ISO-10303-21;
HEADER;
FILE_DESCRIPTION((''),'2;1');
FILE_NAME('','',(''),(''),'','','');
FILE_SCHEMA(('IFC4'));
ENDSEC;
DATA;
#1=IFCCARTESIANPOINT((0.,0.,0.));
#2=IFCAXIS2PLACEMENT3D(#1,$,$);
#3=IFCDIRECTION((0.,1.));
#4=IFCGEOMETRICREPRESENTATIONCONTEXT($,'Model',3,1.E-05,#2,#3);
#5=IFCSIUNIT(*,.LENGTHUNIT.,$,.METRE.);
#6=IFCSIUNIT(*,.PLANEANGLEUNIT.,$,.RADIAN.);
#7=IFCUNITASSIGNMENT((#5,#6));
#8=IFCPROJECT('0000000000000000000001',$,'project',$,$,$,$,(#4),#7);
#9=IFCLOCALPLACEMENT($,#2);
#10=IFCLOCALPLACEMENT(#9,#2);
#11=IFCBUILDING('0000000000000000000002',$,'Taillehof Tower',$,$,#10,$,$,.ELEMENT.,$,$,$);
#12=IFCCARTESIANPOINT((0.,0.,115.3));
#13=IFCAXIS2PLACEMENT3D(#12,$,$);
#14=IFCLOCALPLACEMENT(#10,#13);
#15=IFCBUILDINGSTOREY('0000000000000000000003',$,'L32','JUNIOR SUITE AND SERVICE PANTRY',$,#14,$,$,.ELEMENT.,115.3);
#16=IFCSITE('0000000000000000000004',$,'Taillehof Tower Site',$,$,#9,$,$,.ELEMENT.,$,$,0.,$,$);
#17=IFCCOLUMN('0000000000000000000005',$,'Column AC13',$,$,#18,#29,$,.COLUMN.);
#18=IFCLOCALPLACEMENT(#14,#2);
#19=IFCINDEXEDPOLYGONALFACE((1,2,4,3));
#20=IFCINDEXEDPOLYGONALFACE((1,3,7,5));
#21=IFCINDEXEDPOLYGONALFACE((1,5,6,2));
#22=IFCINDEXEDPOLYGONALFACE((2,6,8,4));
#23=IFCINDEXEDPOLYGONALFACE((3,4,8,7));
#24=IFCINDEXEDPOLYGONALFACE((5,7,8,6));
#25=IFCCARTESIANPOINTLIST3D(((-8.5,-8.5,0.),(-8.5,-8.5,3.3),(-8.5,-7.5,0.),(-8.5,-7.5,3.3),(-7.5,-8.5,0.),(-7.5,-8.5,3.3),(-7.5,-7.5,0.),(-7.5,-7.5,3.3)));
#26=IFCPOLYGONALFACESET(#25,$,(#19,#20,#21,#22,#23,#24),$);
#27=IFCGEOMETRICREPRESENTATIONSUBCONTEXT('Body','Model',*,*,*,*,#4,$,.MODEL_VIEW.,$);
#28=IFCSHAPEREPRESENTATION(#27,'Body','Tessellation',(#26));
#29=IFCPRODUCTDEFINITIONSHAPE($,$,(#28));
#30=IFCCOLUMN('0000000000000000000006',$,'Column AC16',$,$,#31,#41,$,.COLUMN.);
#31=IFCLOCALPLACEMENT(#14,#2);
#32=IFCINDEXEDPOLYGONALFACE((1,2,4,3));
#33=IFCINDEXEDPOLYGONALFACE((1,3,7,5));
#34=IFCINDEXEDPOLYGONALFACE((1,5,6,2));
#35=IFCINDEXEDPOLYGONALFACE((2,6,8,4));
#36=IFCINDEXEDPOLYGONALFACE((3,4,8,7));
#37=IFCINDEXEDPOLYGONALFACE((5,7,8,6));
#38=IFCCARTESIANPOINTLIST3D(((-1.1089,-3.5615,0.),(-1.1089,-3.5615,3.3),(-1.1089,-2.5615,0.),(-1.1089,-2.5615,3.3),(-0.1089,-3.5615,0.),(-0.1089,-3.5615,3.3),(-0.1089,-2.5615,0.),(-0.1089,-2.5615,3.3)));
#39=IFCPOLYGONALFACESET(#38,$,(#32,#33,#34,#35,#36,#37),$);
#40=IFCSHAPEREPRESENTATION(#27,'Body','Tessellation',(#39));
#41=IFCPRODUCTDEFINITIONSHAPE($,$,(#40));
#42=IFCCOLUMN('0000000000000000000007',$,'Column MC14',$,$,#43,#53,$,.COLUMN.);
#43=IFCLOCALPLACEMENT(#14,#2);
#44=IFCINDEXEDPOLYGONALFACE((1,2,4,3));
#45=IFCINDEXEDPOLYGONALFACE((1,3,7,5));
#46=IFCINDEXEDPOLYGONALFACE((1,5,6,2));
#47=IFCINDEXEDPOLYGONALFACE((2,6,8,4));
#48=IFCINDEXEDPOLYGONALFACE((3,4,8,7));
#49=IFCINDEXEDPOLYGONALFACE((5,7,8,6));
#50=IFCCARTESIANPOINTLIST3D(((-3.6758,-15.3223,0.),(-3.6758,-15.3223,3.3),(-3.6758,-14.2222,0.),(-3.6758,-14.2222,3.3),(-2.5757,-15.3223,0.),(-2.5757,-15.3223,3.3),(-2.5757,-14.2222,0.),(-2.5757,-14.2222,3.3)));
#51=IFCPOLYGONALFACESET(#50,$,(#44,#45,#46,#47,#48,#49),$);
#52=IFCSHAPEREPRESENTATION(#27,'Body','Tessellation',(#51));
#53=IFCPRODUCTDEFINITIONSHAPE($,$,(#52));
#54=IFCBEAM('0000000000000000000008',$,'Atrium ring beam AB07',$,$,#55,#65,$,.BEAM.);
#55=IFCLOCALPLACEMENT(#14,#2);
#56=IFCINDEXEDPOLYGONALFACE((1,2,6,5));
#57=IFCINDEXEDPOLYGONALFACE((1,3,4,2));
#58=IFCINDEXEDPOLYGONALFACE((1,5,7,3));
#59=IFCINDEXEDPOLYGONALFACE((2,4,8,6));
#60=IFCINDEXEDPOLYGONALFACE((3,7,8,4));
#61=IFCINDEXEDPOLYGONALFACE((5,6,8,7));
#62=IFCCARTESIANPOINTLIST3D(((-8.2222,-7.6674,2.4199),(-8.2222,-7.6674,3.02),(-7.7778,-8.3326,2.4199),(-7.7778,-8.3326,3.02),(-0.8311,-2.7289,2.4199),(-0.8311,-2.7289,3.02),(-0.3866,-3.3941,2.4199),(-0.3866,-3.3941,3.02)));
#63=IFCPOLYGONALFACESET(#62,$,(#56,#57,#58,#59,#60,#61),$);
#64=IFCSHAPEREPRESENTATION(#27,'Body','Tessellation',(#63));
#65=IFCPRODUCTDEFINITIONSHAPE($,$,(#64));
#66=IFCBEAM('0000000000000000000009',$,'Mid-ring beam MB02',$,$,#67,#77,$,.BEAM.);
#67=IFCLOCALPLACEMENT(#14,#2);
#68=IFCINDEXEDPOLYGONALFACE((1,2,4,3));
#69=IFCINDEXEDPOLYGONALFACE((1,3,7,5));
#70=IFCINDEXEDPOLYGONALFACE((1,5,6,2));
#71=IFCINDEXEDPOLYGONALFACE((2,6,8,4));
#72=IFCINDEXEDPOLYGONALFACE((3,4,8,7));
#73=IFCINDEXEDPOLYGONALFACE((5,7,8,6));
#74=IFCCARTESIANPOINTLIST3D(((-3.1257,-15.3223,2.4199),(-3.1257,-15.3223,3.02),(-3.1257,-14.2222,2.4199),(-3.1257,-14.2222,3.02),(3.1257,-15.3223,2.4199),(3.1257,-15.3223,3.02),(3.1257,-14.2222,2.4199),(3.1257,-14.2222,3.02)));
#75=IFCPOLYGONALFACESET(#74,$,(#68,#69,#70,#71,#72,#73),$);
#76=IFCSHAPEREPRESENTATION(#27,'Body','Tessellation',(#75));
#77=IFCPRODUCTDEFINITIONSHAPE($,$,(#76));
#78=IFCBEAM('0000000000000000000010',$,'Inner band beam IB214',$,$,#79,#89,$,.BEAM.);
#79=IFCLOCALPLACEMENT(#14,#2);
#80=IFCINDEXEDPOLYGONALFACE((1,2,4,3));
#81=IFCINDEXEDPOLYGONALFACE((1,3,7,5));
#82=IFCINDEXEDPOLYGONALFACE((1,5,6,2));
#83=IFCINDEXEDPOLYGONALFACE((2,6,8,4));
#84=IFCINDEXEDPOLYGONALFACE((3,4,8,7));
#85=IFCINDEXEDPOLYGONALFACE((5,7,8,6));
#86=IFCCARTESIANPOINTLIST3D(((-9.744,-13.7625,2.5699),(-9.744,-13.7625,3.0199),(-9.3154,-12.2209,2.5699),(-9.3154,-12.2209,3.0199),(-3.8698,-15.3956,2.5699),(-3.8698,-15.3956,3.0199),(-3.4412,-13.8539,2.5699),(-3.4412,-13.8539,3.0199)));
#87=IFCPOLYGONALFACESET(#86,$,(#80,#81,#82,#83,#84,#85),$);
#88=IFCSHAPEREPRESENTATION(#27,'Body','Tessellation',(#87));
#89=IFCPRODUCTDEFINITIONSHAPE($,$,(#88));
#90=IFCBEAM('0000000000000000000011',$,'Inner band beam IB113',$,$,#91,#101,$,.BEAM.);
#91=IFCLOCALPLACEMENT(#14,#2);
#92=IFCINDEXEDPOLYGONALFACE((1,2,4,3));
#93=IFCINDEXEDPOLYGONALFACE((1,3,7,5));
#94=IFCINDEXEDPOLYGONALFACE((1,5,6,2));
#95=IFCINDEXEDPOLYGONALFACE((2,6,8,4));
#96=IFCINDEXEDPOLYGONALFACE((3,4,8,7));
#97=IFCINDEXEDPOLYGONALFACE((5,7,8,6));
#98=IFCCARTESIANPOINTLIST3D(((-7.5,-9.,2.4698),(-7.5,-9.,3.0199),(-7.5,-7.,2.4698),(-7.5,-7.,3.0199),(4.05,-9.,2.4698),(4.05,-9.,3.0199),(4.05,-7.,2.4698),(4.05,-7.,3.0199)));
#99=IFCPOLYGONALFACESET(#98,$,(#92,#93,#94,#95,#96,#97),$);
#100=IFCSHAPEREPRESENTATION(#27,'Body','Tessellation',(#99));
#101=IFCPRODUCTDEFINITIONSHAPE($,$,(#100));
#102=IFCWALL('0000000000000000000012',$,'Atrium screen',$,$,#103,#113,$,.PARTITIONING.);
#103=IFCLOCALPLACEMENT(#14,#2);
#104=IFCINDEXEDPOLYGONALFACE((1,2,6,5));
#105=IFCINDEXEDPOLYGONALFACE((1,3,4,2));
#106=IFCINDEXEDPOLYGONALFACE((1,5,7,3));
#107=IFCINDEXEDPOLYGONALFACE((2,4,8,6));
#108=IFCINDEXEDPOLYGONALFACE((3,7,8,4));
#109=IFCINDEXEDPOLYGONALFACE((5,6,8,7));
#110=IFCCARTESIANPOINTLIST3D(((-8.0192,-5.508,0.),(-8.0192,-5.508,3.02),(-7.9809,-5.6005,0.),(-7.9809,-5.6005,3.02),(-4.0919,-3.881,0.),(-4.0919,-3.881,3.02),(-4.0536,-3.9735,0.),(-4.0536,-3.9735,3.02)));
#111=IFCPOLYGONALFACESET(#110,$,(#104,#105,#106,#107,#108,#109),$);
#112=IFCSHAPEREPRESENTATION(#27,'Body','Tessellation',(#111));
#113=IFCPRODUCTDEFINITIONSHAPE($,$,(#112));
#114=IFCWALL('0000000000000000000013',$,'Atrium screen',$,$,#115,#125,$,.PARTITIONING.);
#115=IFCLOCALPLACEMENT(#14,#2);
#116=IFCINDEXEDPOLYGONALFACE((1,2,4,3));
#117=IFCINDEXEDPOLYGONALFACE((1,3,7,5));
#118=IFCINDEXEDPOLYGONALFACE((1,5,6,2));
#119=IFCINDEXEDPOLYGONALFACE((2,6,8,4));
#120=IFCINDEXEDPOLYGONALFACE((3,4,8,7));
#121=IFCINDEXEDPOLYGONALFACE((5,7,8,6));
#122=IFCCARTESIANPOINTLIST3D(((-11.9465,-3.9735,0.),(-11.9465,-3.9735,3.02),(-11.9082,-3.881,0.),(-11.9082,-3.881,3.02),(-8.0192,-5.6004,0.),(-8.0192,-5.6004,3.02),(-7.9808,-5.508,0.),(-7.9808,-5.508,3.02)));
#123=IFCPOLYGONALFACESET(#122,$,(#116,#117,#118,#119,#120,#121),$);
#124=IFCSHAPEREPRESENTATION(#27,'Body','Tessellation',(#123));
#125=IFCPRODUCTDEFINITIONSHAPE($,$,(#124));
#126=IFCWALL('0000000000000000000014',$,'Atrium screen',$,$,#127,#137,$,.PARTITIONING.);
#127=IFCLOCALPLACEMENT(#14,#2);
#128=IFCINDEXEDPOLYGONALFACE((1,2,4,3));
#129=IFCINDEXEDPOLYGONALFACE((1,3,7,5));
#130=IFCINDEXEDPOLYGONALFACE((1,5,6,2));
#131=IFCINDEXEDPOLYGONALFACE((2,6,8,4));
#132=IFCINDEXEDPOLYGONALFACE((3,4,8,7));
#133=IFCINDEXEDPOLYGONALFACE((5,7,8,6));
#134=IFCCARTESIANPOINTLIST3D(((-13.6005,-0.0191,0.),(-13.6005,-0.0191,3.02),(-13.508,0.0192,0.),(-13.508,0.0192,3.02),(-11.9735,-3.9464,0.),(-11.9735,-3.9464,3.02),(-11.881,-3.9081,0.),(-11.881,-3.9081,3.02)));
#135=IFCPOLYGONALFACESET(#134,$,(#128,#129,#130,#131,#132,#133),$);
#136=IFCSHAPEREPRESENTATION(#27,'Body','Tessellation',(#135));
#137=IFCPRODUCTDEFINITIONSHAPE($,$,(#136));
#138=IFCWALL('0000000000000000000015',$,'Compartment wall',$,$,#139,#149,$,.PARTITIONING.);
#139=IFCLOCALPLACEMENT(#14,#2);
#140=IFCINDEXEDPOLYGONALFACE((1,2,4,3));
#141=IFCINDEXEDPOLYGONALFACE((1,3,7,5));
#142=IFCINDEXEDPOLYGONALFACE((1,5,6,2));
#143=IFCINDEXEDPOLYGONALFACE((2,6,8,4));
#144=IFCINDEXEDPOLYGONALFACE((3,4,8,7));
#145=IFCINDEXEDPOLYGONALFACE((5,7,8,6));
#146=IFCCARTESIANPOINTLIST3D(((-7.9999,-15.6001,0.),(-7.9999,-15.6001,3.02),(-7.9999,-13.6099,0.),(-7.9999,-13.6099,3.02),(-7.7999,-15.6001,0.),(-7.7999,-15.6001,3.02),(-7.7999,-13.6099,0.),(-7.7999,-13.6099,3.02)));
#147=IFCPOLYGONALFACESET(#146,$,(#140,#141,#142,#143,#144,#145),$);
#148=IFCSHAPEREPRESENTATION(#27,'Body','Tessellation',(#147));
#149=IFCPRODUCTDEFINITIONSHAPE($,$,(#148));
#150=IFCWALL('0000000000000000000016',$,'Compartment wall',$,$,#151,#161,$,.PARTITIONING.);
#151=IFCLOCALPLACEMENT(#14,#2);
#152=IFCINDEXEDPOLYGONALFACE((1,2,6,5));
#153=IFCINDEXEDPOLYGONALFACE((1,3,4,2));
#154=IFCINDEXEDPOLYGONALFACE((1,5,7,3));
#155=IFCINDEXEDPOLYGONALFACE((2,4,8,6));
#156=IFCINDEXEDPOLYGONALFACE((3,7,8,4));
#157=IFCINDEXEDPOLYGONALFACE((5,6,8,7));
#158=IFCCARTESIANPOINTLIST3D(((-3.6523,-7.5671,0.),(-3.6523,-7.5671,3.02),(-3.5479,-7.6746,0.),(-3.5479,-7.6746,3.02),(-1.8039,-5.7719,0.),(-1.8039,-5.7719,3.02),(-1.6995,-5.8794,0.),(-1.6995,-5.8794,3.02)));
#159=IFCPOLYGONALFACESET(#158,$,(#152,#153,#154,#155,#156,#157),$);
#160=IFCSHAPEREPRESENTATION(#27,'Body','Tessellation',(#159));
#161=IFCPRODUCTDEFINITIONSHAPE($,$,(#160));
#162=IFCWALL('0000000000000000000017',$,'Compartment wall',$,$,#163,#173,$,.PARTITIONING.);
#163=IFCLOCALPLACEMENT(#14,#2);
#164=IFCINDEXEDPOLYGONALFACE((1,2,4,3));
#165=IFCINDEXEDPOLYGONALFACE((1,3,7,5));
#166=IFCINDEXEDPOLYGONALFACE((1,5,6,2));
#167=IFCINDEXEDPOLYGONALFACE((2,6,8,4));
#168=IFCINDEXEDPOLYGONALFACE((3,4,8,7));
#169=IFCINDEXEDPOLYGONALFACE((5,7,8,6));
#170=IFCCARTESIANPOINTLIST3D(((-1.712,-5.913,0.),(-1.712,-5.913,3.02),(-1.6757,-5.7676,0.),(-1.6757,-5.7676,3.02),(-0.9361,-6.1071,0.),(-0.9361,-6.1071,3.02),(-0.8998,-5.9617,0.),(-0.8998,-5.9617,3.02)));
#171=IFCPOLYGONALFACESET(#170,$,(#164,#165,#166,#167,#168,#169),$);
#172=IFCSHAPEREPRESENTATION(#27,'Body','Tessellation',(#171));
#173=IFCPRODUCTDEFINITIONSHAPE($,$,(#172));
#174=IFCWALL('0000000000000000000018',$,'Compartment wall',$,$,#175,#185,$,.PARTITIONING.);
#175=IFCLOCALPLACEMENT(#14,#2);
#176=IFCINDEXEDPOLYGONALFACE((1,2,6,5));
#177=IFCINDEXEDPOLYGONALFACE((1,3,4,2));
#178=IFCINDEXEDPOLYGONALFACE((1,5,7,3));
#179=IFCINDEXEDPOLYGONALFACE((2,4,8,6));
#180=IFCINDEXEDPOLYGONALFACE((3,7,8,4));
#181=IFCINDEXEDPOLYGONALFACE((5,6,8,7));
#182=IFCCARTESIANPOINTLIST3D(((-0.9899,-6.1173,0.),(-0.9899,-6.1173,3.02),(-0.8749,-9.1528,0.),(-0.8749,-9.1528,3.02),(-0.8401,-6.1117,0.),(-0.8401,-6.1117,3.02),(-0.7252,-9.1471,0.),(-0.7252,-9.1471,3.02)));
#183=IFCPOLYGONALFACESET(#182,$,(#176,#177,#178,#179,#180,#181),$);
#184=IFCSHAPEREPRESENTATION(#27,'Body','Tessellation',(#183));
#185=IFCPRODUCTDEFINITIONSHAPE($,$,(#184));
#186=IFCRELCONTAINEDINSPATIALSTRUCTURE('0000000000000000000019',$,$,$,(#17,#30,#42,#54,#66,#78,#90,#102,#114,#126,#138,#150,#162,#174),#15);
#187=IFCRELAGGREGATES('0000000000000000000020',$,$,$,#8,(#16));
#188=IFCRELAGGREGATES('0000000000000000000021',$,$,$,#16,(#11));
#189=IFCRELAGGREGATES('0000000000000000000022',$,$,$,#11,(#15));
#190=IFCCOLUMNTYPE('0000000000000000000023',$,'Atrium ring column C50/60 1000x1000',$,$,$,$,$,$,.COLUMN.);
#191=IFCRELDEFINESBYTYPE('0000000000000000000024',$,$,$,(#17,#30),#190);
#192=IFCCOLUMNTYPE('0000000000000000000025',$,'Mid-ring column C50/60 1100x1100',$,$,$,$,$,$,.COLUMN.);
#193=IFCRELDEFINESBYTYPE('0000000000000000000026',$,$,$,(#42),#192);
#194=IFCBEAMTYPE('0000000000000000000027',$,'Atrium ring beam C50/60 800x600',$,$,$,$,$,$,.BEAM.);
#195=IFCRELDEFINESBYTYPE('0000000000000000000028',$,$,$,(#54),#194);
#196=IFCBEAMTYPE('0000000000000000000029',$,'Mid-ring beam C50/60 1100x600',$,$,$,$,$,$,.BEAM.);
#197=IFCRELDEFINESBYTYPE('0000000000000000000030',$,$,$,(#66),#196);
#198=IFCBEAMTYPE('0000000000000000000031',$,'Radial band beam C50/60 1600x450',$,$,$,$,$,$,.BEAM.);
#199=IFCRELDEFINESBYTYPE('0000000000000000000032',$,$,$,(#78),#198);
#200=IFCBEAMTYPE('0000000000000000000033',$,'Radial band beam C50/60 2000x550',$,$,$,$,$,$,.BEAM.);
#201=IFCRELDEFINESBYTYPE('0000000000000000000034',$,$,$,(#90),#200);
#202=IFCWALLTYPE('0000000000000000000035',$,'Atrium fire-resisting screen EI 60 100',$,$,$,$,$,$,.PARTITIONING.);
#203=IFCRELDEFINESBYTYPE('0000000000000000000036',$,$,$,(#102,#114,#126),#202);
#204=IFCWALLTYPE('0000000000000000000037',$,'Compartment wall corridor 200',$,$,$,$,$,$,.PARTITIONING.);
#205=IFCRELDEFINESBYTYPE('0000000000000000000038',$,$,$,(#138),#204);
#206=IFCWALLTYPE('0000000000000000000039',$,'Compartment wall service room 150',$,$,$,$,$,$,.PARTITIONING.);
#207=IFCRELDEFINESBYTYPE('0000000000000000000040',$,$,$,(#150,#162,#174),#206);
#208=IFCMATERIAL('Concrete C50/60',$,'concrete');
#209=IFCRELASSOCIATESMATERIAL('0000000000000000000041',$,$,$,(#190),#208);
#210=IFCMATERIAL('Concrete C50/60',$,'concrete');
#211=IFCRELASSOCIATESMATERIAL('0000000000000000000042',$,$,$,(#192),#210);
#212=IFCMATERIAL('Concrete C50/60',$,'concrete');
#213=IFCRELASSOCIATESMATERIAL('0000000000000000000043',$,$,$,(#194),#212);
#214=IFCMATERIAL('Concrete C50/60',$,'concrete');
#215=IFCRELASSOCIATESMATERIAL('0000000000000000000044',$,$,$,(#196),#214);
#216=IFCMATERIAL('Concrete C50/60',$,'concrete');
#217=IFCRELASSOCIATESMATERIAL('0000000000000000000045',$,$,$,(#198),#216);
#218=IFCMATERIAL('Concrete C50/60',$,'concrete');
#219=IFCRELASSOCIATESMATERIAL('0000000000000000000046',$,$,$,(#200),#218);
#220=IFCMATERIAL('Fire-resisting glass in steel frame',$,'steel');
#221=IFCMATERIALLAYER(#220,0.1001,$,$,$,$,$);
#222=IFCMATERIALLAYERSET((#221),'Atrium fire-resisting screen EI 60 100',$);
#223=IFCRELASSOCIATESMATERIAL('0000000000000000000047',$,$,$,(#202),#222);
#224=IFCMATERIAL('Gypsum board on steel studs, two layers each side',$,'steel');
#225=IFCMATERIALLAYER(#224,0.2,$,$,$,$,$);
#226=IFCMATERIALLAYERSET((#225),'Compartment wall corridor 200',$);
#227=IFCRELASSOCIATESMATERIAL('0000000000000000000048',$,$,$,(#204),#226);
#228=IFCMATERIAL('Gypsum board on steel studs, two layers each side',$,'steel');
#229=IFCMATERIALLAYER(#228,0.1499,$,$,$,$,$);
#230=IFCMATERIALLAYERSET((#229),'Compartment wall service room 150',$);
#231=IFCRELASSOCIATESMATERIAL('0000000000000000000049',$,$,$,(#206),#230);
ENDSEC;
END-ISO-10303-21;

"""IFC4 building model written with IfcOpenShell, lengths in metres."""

from ifc_helpers import new_model, si_unit, direction, frame, frame_2d, origin, origin_2d, place, context, subcontext, project, spatial, rectangle, extrude, material, layer, layer_set, material_profile, profile_set, type_object, element, save


model = new_model("IFC4")

# Units and contexts
model_context = context("Model", 3, precision=1e-05, world=origin(), true_north=direction((0.0, 1.0)))
body_context = subcontext(model_context, "Body", "Model", "MODEL_VIEW")
ifc_project = project(units=[si_unit("LENGTHUNIT", "METRE"), si_unit("PLANEANGLEUNIT", "RADIAN")], contexts=[model_context])

# Site, building, storey
site_placement = place(None, origin())
site = spatial("IfcSite", under=ifc_project, at=site_placement, Name="Taillehof Tower Site", CompositionType="ELEMENT", RefElevation=0.0)
building_placement = place(site_placement, origin())
building = spatial("IfcBuilding", under=site, at=building_placement, Name="Taillehof Tower", CompositionType="ELEMENT")
storey_placement = place(building_placement, frame((0.0, 0.0, 115.3)))
storey = spatial("IfcBuildingStorey", under=building, at=storey_placement, Name="L32", Description="JUNIOR SUITE AND SERVICE PANTRY", CompositionType="ELEMENT", Elevation=115.3)

# Columns
ifc_material_1 = material(Name="Concrete C50/60", Category="concrete")
ifc_material_profile_1 = material_profile(ifc_material_1, rectangle(XDim=1.0, YDim=1.0, at=origin_2d()), Name="RC 1000x1000")
ifc_profile_set_1 = profile_set([ifc_material_profile_1], Name="Concrete C50/60")
column_type_1 = type_object("IfcColumnType", Name="Atrium ring column C50/60 1000x1000", PredefinedType="COLUMN", material=ifc_profile_set_1)
for number, where, z_axis, x_axis, name in (
    (1, (-8.0, -8.0, 0.0), (0.0, 0.0, 1.0), (1.0, 0.0, 0.0), "Column AC13"),
    (2, (-0.6089, -3.0615, 0.0), (0.0, 0.0, 1.0), (1.0, 0.0, 0.0), "Column AC16"),
):
    element("IfcColumn", number, at=place(storey_placement, frame(where, z_axis=z_axis, x_axis=x_axis)), inside=storey, type_object=column_type_1, Name=name, PredefinedType="COLUMN", context=body_context, shape_type="SweptSolid", body=[
        extrude(rectangle(XDim=1.0, YDim=1.0, at=origin_2d()), origin(), (0.0, 0.0, 1.0), 3.3),
    ])
ifc_material_2 = material(Name="Concrete C50/60", Category="concrete")
ifc_material_profile_2 = material_profile(ifc_material_2, rectangle(XDim=1.1001, YDim=1.1001, at=origin_2d()), Name="RC 1100x1100")
ifc_profile_set_2 = profile_set([ifc_material_profile_2], Name="Concrete C50/60")
column_type_2 = type_object("IfcColumnType", Name="Mid-ring column C50/60 1100x1100", PredefinedType="COLUMN", material=ifc_profile_set_2)
column_placement = place(storey_placement, frame((-3.1257, -14.7722, 0.0), z_axis=(0.0, 0.0, 1.0), x_axis=(1.0, 0.0, 0.0)))
element("IfcColumn", 3, at=column_placement, inside=storey, type_object=column_type_2, Name="Column MC14", PredefinedType="COLUMN", context=body_context, shape_type="SweptSolid", body=[
    extrude(rectangle(XDim=1.1001, YDim=1.1001, at=origin_2d()), origin(), (0.0, 0.0, 1.0), 3.3),
])

# Beams
ifc_material_3 = material(Name="Concrete C50/60", Category="concrete")
ifc_material_profile_3 = material_profile(ifc_material_3, rectangle(XDim=0.8, YDim=0.6001, at=origin_2d()), Name="RC 800x600")
ifc_profile_set_3 = profile_set([ifc_material_profile_3], Name="Concrete C50/60")
beam_type_1 = type_object("IfcBeamType", Name="Atrium ring beam C50/60 800x600", PredefinedType="BEAM", material=ifc_profile_set_3)
beam_1_placement = place(storey_placement, frame((-8.0, -8.0, 2.72), z_axis=(0.831475, 0.555562, 0.0), x_axis=(-0.555562, 0.831475, 0.0)))
element("IfcBeam", 4, at=beam_1_placement, inside=storey, type_object=beam_type_1, Name="Atrium ring beam AB07", PredefinedType="BEAM", context=body_context, shape_type="SweptSolid", body=[
    extrude(rectangle(XDim=0.8, YDim=0.6001, at=origin_2d()), origin(), (0.0, 0.0, 1.0), 8.8892),
])
ifc_material_4 = material(Name="Concrete C50/60", Category="concrete")
ifc_material_profile_4 = material_profile(ifc_material_4, rectangle(XDim=1.1001, YDim=0.6001, at=origin_2d()), Name="RC 1100x600")
ifc_profile_set_4 = profile_set([ifc_material_profile_4], Name="Concrete C50/60")
beam_type_2 = type_object("IfcBeamType", Name="Mid-ring beam C50/60 1100x600", PredefinedType="BEAM", material=ifc_profile_set_4)
beam_2_placement = place(storey_placement, frame((-3.1257, -14.7722, 2.72), z_axis=(1.0, 0.0, 0.0), x_axis=(0.0, 1.0, 0.0)))
element("IfcBeam", 5, at=beam_2_placement, inside=storey, type_object=beam_type_2, Name="Mid-ring beam MB02", PredefinedType="BEAM", context=body_context, shape_type="SweptSolid", body=[
    extrude(rectangle(XDim=1.1001, YDim=0.6001, at=origin_2d()), origin(), (0.0, 0.0, 1.0), 6.2515),
])
ifc_material_5 = material(Name="Concrete C50/60", Category="concrete")
ifc_material_profile_5 = material_profile(ifc_material_5, rectangle(XDim=1.6001, YDim=0.45, at=origin_2d()), Name="RC 1600x450")
ifc_profile_set_5 = profile_set([ifc_material_profile_5], Name="Concrete C50/60")
beam_type_3 = type_object("IfcBeamType", Name="Radial band beam C50/60 1600x450", PredefinedType="BEAM", material=ifc_profile_set_5)
beam_3_placement = place(storey_placement, frame((-3.6555, -14.6248, 2.7949), z_axis=(-0.963459, 0.267855, 0.0), x_axis=(-0.267855, -0.963459, 0.0)))
element("IfcBeam", 6, at=beam_3_placement, inside=storey, type_object=beam_type_3, Name="Inner band beam IB214", PredefinedType="BEAM", context=body_context, shape_type="SweptSolid", body=[
    extrude(rectangle(XDim=1.6001, YDim=0.45, at=origin_2d()), origin(), (0.0, 0.0, 1.0), 6.0969),
])
ifc_material_6 = material(Name="Concrete C50/60", Category="concrete")
ifc_material_profile_6 = material_profile(ifc_material_6, rectangle(XDim=2.0, YDim=0.55, at=origin_2d()), Name="RC 2000x550")
ifc_profile_set_6 = profile_set([ifc_material_profile_6], Name="Concrete C50/60")
beam_type_4 = type_object("IfcBeamType", Name="Radial band beam C50/60 2000x550", PredefinedType="BEAM", material=ifc_profile_set_6)
beam_4_placement = place(storey_placement, frame((-7.5, -8.0, 2.7449), z_axis=(1.0, 0.0, 0.0), x_axis=(0.0, 1.0, 0.0)))
element("IfcBeam", 7, at=beam_4_placement, inside=storey, type_object=beam_type_4, Name="Inner band beam IB113", PredefinedType="BEAM", context=body_context, shape_type="SweptSolid", body=[
    extrude(rectangle(XDim=2.0, YDim=0.55, at=origin_2d()), origin(), (0.0, 0.0, 1.0), 11.55),
])

# Walls
ifc_material_7 = material(Name="Fire-resisting glass in steel frame", Category="steel")
ifc_layer_1 = layer(ifc_material_7, 0.1001)
ifc_layer_set_1 = layer_set([ifc_layer_1], Name="Atrium fire-resisting screen EI 60 100")
wall_type_1 = type_object("IfcWallType", Name="Atrium fire-resisting screen EI 60 100", PredefinedType="PARTITIONING", material=ifc_layer_set_1)
for number, where, z_axis, x_axis, name in (
    (8, (-4.0728, -3.9272, 0.0), (0.0, 0.0, 1.0), (-0.92386, -0.382731, 0.0), "Atrium screen"),
    (9, (-8.0, -5.5542, 0.0), (0.0, 0.0, 1.0), (-0.92386, 0.382731, 0.0), "Atrium screen"),
    (10, (-11.9272, -3.9272, 0.0), (0.0, 0.0, 1.0), (-0.382731, 0.92386, 0.0), "Atrium screen"),
):
    element("IfcWall", number, at=place(storey_placement, frame(where, z_axis=z_axis, x_axis=x_axis)), inside=storey, type_object=wall_type_1, Name=name, PredefinedType="PARTITIONING", context=body_context, shape_type="SweptSolid", body=[
        extrude(rectangle(XDim=4.251, YDim=0.1001, at=frame_2d((2.1255, 0.0))), origin(), (0.0, 0.0, 1.0), 3.02),
    ])
ifc_material_8 = material(Name="Gypsum board on steel studs, two layers each side", Category="steel")
ifc_layer_2 = layer(ifc_material_8, 0.2)
ifc_layer_set_2 = layer_set([ifc_layer_2], Name="Compartment wall corridor 200")
wall_type_2 = type_object("IfcWallType", Name="Compartment wall corridor 200", PredefinedType="PARTITIONING", material=ifc_layer_set_2)
wall_1_placement = place(storey_placement, frame((-7.8999, -13.6099, 0.0), z_axis=(0.0, 0.0, 1.0), x_axis=(0.0, -1.0, 0.0)))
element("IfcWall", 11, at=wall_1_placement, inside=storey, type_object=wall_type_2, Name="Compartment wall", PredefinedType="PARTITIONING", context=body_context, shape_type="SweptSolid", body=[
    extrude(rectangle(XDim=1.9902, YDim=0.2, at=frame_2d((0.9951, 0.0))), origin(), (0.0, 0.0, 1.0), 3.02),
])
ifc_material_9 = material(Name="Gypsum board on steel studs, two layers each side", Category="steel")
ifc_layer_3 = layer(ifc_material_9, 0.1499)
ifc_layer_set_3 = layer_set([ifc_layer_3], Name="Compartment wall service room 150")
wall_type_3 = type_object("IfcWallType", Name="Compartment wall service room 150", PredefinedType="PARTITIONING", material=ifc_layer_set_3)
wall_2_placement = place(storey_placement, frame((-3.6001, -7.6208, 0.0), z_axis=(0.0, 0.0, 1.0), x_axis=(0.717359, 0.696704, 0.0)))
element("IfcWall", 12, at=wall_2_placement, inside=storey, type_object=wall_type_3, Name="Compartment wall", PredefinedType="PARTITIONING", context=body_context, shape_type="SweptSolid", body=[
    extrude(rectangle(XDim=2.5767, YDim=0.1499, at=frame_2d((1.2883, 0.0))), origin(), (0.0, 0.0, 1.0), 3.02),
])
wall_3_placement = place(storey_placement, frame((-1.6938, -5.8403, 0.0), z_axis=(0.0, 0.0, 1.0), x_axis=(0.970107, -0.242679, 0.0)))
element("IfcWall", 13, at=wall_3_placement, inside=storey, type_object=wall_type_3, Name="Compartment wall", PredefinedType="PARTITIONING", context=body_context, shape_type="SweptSolid", body=[
    extrude(rectangle(XDim=0.7998, YDim=0.1499, at=frame_2d((0.3999, 0.0))), origin(), (0.0, 0.0, 1.0), 3.02),
])
wall_4_placement = place(storey_placement, frame((-0.915, -6.1145, 0.0), z_axis=(0.0, 0.0, 1.0), x_axis=(0.037856, -0.999283, 0.0)))
element("IfcWall", 14, at=wall_4_placement, inside=storey, type_object=wall_type_3, Name="Compartment wall", PredefinedType="PARTITIONING", context=body_context, shape_type="SweptSolid", body=[
    extrude(rectangle(XDim=3.0376, YDim=0.1499, at=frame_2d((1.5188, 0.0))), origin(), (0.0, 0.0, 1.0), 3.02),
])

save(model, "model.ifc")
